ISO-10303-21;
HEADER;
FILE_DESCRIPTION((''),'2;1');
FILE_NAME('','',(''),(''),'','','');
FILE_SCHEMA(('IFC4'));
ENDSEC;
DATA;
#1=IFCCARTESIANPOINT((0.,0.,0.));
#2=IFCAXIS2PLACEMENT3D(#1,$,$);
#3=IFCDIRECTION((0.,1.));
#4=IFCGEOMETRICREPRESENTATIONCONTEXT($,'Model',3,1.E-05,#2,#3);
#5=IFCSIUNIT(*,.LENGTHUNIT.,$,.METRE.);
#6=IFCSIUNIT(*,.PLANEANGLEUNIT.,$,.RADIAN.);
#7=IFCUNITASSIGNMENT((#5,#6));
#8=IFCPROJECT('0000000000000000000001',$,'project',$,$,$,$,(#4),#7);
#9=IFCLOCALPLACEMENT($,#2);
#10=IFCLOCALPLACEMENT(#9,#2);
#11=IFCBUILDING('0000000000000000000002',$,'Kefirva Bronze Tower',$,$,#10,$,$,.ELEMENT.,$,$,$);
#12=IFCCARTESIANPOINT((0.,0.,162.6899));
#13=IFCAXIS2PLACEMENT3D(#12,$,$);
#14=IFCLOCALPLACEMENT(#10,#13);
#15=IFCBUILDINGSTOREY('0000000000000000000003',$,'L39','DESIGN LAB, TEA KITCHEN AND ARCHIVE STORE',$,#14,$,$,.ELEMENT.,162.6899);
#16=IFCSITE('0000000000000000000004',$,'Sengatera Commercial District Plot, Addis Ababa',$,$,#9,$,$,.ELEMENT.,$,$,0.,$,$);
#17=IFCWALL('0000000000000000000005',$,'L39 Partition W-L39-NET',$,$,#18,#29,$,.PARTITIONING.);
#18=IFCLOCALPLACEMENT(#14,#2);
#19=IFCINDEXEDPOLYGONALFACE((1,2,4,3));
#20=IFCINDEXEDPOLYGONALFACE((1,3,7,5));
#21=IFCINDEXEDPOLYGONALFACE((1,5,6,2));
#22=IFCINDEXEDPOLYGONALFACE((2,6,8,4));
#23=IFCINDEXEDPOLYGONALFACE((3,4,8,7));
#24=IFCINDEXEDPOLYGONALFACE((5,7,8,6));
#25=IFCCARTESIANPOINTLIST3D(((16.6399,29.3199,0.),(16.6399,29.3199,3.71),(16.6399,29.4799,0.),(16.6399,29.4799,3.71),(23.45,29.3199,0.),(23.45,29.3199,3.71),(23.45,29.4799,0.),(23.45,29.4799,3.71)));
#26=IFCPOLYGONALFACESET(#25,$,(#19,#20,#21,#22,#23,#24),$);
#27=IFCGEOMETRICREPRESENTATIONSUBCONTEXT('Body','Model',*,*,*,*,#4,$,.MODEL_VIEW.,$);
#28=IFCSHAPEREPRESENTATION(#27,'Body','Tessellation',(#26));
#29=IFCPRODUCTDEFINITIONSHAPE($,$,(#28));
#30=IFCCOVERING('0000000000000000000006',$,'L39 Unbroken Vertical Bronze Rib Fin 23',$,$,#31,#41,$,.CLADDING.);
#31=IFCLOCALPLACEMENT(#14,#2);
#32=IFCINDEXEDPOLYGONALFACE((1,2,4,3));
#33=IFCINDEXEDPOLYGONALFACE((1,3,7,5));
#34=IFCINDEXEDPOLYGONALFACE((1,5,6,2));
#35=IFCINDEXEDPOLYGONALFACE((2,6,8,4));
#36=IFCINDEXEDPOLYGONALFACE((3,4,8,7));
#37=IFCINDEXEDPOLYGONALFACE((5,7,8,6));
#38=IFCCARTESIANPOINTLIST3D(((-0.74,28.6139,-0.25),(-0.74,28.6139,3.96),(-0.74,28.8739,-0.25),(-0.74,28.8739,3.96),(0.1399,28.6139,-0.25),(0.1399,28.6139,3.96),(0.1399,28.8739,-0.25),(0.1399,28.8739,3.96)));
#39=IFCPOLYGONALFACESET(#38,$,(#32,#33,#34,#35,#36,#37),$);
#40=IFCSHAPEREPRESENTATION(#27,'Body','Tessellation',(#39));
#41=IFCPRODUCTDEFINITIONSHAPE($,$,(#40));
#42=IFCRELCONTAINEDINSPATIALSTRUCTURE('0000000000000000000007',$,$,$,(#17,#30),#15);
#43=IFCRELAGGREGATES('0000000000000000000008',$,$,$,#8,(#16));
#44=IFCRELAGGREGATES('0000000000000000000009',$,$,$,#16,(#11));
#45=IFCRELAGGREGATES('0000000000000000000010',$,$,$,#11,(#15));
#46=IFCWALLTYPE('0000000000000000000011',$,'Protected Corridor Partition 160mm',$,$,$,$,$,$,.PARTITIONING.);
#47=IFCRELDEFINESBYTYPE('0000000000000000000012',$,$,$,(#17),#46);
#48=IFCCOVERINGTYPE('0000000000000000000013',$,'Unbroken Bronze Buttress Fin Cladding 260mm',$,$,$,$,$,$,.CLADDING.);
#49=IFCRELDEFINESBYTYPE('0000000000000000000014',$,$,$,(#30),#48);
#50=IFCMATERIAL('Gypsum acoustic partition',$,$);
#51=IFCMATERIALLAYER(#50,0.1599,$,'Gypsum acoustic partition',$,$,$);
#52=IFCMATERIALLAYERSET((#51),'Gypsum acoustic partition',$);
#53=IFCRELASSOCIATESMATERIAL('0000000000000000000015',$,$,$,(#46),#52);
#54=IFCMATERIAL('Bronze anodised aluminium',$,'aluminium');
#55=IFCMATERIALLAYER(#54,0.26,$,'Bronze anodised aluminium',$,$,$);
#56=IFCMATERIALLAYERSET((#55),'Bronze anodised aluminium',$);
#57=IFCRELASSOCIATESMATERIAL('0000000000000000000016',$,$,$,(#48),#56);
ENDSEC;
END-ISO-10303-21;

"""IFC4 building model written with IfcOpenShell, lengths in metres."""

from ifc_helpers import new_model, si_unit, direction, frame, frame_2d, origin, origin_2d, place, context, subcontext, project, spatial, rectangle, extrude, material, layer, layer_set, type_object, element, save


model = new_model("IFC4")

# Units and contexts
model_context = context("Model", 3, precision=1e-05, world=origin(), true_north=direction((0.0, 1.0)))
body_context = subcontext(model_context, "Body", "Model", "MODEL_VIEW")
ifc_project = project(units=[si_unit("LENGTHUNIT", "METRE"), si_unit("PLANEANGLEUNIT", "RADIAN")], contexts=[model_context])

# Site, building, storey
site_placement = place(None, origin())
site = spatial("IfcSite", under=ifc_project, at=site_placement, Name="Sengatera Commercial District Plot, Addis Ababa", CompositionType="ELEMENT", RefElevation=0.0)
building_placement = place(site_placement, origin())
building = spatial("IfcBuilding", under=site, at=building_placement, Name="Kefirva Bronze Tower", CompositionType="ELEMENT")
storey_placement = place(building_placement, frame((0.0, 0.0, 162.6899)))
storey = spatial("IfcBuildingStorey", under=building, at=storey_placement, Name="L39", Description="DESIGN LAB, TEA KITCHEN AND ARCHIVE STORE", CompositionType="ELEMENT", Elevation=162.6899)

# Shared definitions
ifc_material_1 = material(Name="Bronze anodised aluminium", Category="aluminium")

# Wall
ifc_material_2 = material(Name="Gypsum acoustic partition")
ifc_layer_1 = layer(ifc_material_2, 0.1599, Name="Gypsum acoustic partition")
ifc_layer_set_1 = layer_set([ifc_layer_1], Name="Gypsum acoustic partition")
wall_type_1 = type_object("IfcWallType", Name="Protected Corridor Partition 160mm", PredefinedType="PARTITIONING", material=ifc_layer_set_1)
wall_1_placement = place(storey_placement, frame((16.6399, 29.3999, 0.0), z_axis=(0.0, 0.0, 1.0), x_axis=(1.0, 0.0, 0.0)))
element("IfcWall", 1, at=wall_1_placement, inside=storey, type_object=wall_type_1, Name="L39 Partition W-L39-NET", PredefinedType="PARTITIONING", context=body_context, shape_type="SweptSolid", body=[
    extrude(rectangle(XDim=6.8101, YDim=0.1599, at=frame_2d((3.405, 0.0))), origin(), (0.0, 0.0, 1.0), 3.71),
])

# Covering
ifc_layer_2 = layer(ifc_material_1, 0.26, Name="Bronze anodised aluminium")
ifc_layer_set_2 = layer_set([ifc_layer_2], Name="Bronze anodised aluminium")
covering_type = type_object("IfcCoveringType", Name="Unbroken Bronze Buttress Fin Cladding 260mm", PredefinedType="CLADDING", material=ifc_layer_set_2)
covering_placement = place(storey_placement, frame((-0.3, 28.7439, -0.25), z_axis=(0.0, 0.0, 1.0), x_axis=(0.0, -1.0, 0.0)))
element("IfcCovering", 2, at=covering_placement, inside=storey, type_object=covering_type, Name="L39 Unbroken Vertical Bronze Rib Fin 23", PredefinedType="CLADDING", context=body_context, shape_type="SweptSolid", body=[
    extrude(rectangle(XDim=0.26, YDim=0.8799, at=origin_2d()), origin(), (0.0, 0.0, 1.0), 4.21),
])

save(model, "model.ifc")
